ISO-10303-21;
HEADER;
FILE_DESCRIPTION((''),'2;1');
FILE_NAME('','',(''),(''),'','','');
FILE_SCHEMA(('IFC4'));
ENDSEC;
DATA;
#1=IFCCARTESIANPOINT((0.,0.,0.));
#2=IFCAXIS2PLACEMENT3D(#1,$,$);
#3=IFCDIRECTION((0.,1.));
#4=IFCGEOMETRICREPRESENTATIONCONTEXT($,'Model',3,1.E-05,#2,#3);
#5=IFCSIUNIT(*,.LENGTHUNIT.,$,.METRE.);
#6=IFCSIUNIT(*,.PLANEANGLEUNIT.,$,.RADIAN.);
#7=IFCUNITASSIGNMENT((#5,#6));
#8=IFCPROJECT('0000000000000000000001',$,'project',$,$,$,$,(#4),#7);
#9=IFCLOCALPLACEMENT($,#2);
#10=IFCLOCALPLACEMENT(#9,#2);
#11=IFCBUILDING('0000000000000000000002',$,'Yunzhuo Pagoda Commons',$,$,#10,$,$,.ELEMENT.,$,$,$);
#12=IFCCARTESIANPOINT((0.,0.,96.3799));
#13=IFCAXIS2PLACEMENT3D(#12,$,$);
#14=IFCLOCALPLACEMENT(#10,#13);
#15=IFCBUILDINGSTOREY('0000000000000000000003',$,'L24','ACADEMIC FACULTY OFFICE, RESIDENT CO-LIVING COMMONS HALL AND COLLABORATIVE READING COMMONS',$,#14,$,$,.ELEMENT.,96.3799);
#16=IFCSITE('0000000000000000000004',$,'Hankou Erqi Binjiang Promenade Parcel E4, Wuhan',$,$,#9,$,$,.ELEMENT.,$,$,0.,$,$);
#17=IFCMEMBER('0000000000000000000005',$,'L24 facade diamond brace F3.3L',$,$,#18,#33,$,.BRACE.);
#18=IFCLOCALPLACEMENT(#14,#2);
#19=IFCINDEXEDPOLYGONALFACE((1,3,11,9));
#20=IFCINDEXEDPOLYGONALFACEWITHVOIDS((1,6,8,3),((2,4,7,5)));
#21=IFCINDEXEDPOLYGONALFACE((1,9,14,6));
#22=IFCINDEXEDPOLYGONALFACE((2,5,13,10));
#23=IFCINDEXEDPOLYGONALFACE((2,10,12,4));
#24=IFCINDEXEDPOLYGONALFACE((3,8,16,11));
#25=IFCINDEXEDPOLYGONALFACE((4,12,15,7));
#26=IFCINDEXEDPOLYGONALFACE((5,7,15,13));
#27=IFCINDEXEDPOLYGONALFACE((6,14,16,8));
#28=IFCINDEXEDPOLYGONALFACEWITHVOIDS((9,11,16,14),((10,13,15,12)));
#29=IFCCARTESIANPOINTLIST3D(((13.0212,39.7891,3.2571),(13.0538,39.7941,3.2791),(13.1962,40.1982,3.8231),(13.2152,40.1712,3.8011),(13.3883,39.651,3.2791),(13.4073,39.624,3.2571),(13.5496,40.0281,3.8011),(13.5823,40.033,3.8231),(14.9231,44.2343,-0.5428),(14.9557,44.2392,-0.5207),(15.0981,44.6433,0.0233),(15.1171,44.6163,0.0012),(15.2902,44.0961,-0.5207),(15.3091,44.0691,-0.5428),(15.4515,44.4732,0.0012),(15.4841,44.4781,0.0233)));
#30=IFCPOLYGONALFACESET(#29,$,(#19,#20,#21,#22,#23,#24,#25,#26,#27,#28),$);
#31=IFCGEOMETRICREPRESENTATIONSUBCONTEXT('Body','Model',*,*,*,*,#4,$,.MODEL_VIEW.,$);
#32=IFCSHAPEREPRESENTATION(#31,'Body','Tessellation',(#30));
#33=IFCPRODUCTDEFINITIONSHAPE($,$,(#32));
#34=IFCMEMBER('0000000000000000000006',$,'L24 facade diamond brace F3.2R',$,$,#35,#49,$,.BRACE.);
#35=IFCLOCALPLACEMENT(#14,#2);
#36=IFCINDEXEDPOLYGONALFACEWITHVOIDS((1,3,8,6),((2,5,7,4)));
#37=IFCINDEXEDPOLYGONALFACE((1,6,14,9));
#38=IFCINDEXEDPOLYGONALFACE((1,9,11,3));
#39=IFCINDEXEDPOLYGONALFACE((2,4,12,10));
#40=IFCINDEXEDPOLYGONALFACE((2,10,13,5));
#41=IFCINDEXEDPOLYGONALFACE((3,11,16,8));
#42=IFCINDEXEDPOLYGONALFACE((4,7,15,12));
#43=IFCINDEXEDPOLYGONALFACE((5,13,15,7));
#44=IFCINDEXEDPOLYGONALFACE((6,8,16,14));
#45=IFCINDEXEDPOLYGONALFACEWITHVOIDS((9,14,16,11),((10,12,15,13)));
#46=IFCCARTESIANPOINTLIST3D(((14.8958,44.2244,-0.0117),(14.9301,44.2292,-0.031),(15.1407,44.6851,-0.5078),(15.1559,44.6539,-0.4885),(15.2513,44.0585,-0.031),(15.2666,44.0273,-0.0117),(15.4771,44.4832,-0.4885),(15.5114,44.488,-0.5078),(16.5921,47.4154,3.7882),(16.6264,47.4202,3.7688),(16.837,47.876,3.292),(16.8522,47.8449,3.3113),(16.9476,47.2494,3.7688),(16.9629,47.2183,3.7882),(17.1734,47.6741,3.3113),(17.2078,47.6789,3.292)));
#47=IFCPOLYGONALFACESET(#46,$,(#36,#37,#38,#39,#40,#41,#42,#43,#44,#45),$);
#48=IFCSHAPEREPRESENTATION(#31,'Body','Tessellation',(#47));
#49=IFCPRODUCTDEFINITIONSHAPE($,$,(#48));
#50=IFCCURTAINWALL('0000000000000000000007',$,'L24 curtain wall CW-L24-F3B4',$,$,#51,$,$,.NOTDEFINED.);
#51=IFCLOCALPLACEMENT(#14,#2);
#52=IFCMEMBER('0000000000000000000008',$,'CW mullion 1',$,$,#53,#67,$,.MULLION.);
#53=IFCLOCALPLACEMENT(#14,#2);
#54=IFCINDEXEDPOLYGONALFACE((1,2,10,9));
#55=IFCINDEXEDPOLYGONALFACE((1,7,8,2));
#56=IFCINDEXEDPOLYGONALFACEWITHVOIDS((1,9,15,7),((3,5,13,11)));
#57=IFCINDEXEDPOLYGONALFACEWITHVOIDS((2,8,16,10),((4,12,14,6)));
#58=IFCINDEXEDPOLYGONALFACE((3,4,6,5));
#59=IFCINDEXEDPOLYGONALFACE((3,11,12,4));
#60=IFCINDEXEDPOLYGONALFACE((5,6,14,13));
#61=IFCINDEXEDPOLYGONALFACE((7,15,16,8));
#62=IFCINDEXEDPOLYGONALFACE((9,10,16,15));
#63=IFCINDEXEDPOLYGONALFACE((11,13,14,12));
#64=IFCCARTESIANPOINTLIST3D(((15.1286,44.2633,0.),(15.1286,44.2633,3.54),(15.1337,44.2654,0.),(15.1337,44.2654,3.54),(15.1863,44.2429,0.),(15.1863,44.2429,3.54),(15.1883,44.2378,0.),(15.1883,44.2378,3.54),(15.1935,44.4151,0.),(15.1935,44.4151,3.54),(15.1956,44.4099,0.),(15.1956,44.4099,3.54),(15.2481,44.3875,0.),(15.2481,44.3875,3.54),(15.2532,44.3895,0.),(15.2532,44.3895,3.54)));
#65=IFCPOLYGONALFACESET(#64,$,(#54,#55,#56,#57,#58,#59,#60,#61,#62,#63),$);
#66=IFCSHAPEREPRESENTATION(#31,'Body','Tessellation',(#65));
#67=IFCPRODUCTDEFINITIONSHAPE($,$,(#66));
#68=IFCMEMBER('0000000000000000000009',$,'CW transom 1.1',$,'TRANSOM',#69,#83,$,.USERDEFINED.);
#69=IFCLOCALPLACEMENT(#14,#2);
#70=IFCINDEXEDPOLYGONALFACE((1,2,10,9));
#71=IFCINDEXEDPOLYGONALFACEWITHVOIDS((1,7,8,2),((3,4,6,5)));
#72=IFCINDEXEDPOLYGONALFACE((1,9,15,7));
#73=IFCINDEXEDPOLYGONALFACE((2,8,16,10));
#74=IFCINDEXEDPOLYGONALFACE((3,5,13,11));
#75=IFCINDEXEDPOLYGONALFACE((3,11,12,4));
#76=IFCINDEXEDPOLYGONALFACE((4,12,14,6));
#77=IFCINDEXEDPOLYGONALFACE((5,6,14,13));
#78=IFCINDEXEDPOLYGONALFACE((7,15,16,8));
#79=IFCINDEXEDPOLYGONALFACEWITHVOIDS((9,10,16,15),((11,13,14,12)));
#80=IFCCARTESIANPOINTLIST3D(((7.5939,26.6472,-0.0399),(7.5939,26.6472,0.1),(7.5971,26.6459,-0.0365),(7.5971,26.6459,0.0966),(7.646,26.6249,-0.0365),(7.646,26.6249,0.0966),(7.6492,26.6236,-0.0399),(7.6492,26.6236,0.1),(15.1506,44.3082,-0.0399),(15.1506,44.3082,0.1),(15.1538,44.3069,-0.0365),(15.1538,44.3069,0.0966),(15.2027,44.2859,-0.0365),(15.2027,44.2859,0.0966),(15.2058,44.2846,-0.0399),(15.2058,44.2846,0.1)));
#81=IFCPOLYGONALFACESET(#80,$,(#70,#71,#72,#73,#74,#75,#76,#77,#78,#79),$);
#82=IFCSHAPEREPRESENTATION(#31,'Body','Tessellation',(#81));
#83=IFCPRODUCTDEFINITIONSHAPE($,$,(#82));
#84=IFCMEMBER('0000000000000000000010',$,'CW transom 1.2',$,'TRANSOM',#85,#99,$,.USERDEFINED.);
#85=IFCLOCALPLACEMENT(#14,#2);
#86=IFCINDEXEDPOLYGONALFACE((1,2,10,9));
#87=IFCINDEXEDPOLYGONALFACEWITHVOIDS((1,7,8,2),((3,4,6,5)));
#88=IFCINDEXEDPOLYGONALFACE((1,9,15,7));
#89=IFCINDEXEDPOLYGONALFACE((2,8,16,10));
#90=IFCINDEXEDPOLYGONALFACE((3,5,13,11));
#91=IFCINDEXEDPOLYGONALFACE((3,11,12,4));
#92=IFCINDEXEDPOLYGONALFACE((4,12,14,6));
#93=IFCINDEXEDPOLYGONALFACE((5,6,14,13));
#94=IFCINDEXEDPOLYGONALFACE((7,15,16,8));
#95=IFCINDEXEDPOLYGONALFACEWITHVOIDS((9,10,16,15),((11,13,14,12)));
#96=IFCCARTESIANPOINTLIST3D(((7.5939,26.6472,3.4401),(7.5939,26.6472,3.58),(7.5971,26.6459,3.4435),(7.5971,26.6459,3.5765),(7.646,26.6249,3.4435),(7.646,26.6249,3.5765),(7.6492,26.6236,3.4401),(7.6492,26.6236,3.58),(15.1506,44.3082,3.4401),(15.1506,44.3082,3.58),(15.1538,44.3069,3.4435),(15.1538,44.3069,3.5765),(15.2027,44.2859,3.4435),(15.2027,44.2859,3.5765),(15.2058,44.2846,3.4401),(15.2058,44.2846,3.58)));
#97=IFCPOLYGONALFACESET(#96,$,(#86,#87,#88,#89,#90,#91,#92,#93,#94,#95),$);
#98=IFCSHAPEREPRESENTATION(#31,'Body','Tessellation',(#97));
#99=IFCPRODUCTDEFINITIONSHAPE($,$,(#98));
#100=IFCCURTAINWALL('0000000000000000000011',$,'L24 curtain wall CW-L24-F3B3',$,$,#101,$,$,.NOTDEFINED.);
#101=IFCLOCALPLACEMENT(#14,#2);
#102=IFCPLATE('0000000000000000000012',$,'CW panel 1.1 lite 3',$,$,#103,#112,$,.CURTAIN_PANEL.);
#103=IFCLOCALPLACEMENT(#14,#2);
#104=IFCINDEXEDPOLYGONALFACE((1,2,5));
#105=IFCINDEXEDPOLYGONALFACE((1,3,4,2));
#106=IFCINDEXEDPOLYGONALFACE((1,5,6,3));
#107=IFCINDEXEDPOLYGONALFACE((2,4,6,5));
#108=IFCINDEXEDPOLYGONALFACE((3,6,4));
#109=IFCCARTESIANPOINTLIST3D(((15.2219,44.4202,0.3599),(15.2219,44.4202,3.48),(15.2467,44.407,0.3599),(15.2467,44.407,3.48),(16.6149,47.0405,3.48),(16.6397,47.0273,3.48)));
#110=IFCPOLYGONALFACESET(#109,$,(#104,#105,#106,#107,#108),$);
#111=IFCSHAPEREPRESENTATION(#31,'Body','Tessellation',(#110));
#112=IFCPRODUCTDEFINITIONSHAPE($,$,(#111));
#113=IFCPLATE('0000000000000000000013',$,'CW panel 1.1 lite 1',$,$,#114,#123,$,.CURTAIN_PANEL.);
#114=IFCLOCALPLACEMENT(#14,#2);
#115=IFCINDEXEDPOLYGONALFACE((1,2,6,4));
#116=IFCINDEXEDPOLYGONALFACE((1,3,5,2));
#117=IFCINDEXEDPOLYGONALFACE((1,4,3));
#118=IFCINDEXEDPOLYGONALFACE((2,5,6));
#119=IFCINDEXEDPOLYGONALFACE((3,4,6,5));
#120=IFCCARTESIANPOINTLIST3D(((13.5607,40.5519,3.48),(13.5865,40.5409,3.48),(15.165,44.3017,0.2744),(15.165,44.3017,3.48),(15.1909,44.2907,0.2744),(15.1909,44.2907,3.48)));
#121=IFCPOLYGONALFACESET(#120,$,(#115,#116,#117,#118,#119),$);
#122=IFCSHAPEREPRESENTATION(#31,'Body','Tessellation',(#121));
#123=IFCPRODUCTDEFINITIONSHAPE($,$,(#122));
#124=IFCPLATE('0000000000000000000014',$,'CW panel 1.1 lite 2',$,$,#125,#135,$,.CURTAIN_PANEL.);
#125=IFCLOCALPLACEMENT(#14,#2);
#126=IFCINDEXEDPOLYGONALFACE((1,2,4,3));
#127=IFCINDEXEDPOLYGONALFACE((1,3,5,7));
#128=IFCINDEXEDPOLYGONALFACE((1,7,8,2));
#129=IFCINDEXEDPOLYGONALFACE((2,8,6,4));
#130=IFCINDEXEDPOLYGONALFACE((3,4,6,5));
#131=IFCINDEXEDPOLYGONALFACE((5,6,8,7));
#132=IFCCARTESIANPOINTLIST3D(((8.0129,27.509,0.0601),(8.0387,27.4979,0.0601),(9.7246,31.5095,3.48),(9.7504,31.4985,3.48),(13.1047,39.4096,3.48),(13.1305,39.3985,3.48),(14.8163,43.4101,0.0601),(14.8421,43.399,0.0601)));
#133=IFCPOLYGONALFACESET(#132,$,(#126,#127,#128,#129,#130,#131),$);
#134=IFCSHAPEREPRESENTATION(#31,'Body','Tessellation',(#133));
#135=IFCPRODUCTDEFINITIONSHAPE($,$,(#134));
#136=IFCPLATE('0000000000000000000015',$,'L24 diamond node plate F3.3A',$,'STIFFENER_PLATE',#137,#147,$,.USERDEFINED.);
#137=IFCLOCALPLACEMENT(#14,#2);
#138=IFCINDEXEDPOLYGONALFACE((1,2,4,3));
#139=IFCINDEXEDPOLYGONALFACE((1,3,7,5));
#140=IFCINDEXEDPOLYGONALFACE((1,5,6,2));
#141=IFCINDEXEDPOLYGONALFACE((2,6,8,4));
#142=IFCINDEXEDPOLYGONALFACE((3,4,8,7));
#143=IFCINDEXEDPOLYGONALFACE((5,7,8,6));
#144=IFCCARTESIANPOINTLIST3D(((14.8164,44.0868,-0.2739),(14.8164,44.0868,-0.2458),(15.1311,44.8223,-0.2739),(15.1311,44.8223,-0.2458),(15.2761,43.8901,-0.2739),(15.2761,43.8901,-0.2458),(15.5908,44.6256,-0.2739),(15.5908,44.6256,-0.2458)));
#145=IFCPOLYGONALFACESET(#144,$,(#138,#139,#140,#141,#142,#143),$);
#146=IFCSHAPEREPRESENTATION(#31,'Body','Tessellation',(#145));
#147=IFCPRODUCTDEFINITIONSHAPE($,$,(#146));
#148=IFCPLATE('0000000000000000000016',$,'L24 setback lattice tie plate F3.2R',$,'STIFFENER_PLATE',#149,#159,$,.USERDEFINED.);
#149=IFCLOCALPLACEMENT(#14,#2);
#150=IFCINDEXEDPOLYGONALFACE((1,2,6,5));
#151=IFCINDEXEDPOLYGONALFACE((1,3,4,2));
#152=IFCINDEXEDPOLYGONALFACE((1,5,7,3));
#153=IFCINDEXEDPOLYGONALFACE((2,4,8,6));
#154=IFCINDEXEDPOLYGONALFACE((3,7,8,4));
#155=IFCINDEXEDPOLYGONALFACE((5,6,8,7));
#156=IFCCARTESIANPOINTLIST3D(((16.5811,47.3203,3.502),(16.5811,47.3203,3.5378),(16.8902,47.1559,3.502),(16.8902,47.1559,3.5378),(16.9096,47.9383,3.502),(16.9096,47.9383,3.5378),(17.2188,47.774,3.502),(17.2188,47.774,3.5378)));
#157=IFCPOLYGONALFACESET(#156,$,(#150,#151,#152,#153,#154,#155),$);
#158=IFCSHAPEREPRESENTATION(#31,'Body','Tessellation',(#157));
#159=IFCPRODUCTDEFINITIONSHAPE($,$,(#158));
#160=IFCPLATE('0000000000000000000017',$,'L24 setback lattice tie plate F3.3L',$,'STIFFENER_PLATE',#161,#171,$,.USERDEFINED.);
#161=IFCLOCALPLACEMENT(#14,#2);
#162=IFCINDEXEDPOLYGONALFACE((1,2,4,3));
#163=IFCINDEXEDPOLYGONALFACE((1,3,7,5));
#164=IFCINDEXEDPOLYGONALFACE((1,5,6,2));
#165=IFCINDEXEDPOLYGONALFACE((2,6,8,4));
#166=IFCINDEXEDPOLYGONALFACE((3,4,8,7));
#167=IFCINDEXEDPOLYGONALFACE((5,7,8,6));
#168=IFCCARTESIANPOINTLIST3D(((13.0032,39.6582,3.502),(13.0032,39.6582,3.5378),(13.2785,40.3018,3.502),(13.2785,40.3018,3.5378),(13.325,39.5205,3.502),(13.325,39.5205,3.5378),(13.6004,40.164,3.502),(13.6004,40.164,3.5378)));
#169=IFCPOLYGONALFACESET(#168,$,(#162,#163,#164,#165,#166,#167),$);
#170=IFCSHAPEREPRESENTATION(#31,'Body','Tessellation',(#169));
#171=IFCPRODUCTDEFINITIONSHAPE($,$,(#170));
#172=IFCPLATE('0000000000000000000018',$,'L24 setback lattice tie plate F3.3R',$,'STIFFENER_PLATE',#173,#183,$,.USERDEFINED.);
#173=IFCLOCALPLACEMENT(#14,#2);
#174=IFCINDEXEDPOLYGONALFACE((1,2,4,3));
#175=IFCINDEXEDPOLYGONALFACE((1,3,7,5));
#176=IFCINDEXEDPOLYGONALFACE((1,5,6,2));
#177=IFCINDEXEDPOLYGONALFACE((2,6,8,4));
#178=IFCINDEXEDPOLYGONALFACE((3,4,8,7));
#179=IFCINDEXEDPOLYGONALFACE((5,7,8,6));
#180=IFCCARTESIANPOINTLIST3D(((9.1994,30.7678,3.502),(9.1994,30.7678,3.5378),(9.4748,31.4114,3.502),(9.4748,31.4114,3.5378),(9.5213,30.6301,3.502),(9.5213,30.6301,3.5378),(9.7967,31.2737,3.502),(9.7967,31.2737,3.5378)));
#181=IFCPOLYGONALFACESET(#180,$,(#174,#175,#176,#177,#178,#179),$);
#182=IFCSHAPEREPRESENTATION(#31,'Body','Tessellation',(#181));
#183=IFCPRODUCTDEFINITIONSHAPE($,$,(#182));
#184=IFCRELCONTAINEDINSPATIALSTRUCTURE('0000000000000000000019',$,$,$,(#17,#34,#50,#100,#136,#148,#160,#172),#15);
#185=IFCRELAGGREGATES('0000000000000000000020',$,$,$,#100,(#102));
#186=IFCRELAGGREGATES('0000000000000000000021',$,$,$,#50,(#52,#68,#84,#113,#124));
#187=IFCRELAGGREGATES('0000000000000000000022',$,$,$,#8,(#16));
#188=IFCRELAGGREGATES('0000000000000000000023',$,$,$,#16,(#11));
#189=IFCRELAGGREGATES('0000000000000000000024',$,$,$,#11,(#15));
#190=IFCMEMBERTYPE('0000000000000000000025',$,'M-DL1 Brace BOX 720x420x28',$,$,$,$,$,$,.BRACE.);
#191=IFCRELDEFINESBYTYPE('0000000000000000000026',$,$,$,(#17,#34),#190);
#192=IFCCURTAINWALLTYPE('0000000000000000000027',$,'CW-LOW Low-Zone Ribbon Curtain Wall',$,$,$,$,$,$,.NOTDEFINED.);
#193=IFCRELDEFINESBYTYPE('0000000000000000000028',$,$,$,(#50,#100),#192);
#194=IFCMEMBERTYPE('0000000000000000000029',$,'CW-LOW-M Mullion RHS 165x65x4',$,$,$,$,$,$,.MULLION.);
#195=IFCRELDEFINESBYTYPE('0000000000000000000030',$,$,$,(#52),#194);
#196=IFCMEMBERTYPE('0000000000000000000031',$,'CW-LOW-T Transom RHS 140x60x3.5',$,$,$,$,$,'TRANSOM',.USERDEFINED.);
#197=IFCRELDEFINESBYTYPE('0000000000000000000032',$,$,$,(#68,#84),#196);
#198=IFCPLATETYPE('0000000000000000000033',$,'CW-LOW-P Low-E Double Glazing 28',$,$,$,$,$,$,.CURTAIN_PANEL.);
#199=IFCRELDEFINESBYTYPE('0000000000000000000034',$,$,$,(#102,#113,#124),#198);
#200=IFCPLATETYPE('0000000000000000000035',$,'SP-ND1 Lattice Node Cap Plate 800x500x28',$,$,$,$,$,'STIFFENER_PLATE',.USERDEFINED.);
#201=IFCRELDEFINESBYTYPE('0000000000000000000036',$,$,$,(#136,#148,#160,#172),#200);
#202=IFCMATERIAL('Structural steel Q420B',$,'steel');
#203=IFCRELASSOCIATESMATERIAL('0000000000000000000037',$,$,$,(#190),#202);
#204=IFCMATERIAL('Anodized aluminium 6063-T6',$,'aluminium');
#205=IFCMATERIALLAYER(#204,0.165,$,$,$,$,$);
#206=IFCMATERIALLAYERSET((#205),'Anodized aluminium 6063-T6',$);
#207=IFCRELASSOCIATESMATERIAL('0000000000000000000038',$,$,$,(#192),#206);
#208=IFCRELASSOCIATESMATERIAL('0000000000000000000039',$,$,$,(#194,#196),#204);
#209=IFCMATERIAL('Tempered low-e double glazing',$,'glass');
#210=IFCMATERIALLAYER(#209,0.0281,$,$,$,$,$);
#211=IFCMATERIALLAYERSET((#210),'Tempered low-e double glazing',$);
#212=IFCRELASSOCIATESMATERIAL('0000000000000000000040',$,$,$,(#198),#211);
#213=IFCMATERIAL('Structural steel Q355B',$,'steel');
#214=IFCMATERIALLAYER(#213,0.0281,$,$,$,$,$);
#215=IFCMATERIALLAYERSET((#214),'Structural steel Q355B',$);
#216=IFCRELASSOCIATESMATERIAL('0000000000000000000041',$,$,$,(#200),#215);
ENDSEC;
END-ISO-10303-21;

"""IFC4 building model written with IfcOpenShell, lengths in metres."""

from ifc_helpers import new_model, si_unit, direction, frame, origin, origin_2d, place, context, subcontext, project, spatial, polyline, rectangle, hollow_rectangle, outline, extrude, source, transform, mapped, material, layer, layer_set, material_profile, profile_set, type_object, element, aggregate, save


model = new_model("IFC4")

# Units and contexts
model_context = context("Model", 3, precision=1e-05, world=origin(), true_north=direction((0.0, 1.0)))
body_context = subcontext(model_context, "Body", "Model", "MODEL_VIEW")
ifc_project = project(units=[si_unit("LENGTHUNIT", "METRE"), si_unit("PLANEANGLEUNIT", "RADIAN")], contexts=[model_context])

# Site, building, storey
site_placement = place(None, origin())
site = spatial("IfcSite", under=ifc_project, at=site_placement, Name="Hankou Erqi Binjiang Promenade Parcel E4, Wuhan", CompositionType="ELEMENT", RefElevation=0.0)
building_placement = place(site_placement, origin())
building = spatial("IfcBuilding", under=site, at=building_placement, Name="Yunzhuo Pagoda Commons", CompositionType="ELEMENT")
storey_placement = place(building_placement, frame((0.0, 0.0, 96.3799)))
storey = spatial("IfcBuildingStorey", under=building, at=storey_placement, Name="L24", Description="ACADEMIC FACULTY OFFICE, RESIDENT CO-LIVING COMMONS HALL AND COLLABORATIVE READING COMMONS", CompositionType="ELEMENT", Elevation=96.3799)

# Shared definitions
ifc_material_1 = material(Name="Structural steel Q420B", Category="steel")

# Shared definitions
ifc_material_2 = material(Name="Structural steel Q355B", Category="steel")

# Members
ifc_material_profile_1 = material_profile(ifc_material_1, hollow_rectangle(XDim=0.4199, YDim=0.72, WallThickness=0.0281, at=origin_2d()), Name="Structural steel Q420B")
ifc_profile_set_1 = profile_set([ifc_material_profile_1], Name="Structural steel Q420B")
member_type_1 = type_object("IfcMemberType", Name="M-DL1 Brace BOX 720x420x28", PredefinedType="BRACE", material=ifc_profile_set_1)
shared_shape_1 = source(origin(), body_context, "Body", "SweptSolid", [
    extrude(hollow_rectangle(XDim=0.4199, YDim=0.72, WallThickness=0.0281, at=origin_2d()), origin(), (0.0, 0.0, 1.0), 6.1494),
])
member_1_placement = place(storey_placement, frame((15.2036, 44.3562, -0.2598), z_axis=(-0.309279, -0.722855, 0.617922), x_axis=(0.919383, -0.393365, 0.0)))
element("IfcMember", 1, at=member_1_placement, inside=storey, type_object=member_type_1, Name="L24 facade diamond brace F3.3L", PredefinedType="BRACE", context=body_context, shape_type="MappedRepresentation", body=[
    mapped(shared_shape_1, transform((0.0, 0.0, 0.0), scale=1.0)),
])
shared_shape_2 = source(origin(), body_context, "Body", "SweptSolid", [
    extrude(hollow_rectangle(XDim=0.4199, YDim=0.72, WallThickness=0.0281, at=origin_2d()), origin(), (0.0, 0.0, 1.0), 5.2439),
])
member_2_placement = place(storey_placement, frame((15.2036, 44.3562, -0.2598), z_axis=(0.323482, 0.608508, 0.724622), x_axis=(-0.882988, 0.469396, 0.0)))
element("IfcMember", 2, at=member_2_placement, inside=storey, type_object=member_type_1, Name="L24 facade diamond brace F3.2R", PredefinedType="BRACE", context=body_context, shape_type="MappedRepresentation", body=[
    mapped(shared_shape_2, transform((0.0, 0.0, 0.0), scale=1.0)),
])

# Curtain wall, members
ifc_material_3 = material(Name="Anodized aluminium 6063-T6", Category="aluminium")
ifc_layer_1 = layer(ifc_material_3, 0.165)
ifc_layer_set_1 = layer_set([ifc_layer_1], Name="Anodized aluminium 6063-T6")
curtain_wall_type = type_object("IfcCurtainWallType", Name="CW-LOW Low-Zone Ribbon Curtain Wall", PredefinedType="NOTDEFINED", material=ifc_layer_set_1)
curtain_wall_1_placement = place(storey_placement, origin())
curtain_wall_1 = element("IfcCurtainWall", 3, at=curtain_wall_1_placement, inside=storey, type_object=curtain_wall_type, Name="L24 curtain wall CW-L24-F3B4", PredefinedType="NOTDEFINED")
ifc_material_profile_2 = material_profile(ifc_material_3, hollow_rectangle(XDim=0.0649, YDim=0.165, WallThickness=0.0039, at=origin_2d()), Name="Anodized aluminium 6063-T6")
ifc_profile_set_2 = profile_set([ifc_material_profile_2], Name="Anodized aluminium 6063-T6")
member_type_2 = type_object("IfcMemberType", Name="CW-LOW-M Mullion RHS 165x65x4", PredefinedType="MULLION", material=ifc_profile_set_2)
shared_shape_3 = source(origin(), body_context, "Body", "SweptSolid", [
    extrude(hollow_rectangle(XDim=0.0649, YDim=0.165, WallThickness=0.0039, at=origin_2d()), origin(), (0.0, 0.0, 1.0), 3.54),
])
member_3_placement = place(storey_placement, frame((15.1909, 44.3264, 0.0), z_axis=(0.0, 0.0, 1.0), x_axis=(0.919383, -0.393364, 0.0)))
member_3 = element("IfcMember", 4, at=member_3_placement, type_object=member_type_2, Name="CW mullion 1", PredefinedType="MULLION", context=body_context, shape_type="MappedRepresentation", body=[
    mapped(shared_shape_3, transform((0.0, 0.0, 0.0), scale=1.0)),
])
ifc_material_profile_3 = material_profile(ifc_material_3, hollow_rectangle(XDim=0.0601, YDim=0.1399, WallThickness=0.0034, at=origin_2d()), Name="Anodized aluminium 6063-T6")
ifc_profile_set_3 = profile_set([ifc_material_profile_3], Name="Anodized aluminium 6063-T6")
member_type_3 = type_object("IfcMemberType", Name="CW-LOW-T Transom RHS 140x60x3.5", ElementType="TRANSOM", PredefinedType="USERDEFINED", material=ifc_profile_set_3)
shared_shape_4 = source(origin(), body_context, "Body", "SweptSolid", [
    extrude(hollow_rectangle(XDim=0.0601, YDim=0.1399, WallThickness=0.0034, at=origin_2d()), origin(), (0.0, 0.0, 1.0), 19.2097),
])
member_4_placement = place(storey_placement, frame((15.1782, 44.2964, 0.03), z_axis=(-0.393378, -0.919377, 0.0), x_axis=(0.919377, -0.393378, 0.0)))
member_4 = element("IfcMember", 5, at=member_4_placement, type_object=member_type_3, Name="CW transom 1.1", ObjectType="TRANSOM", PredefinedType="USERDEFINED", context=body_context, shape_type="MappedRepresentation", body=[
    mapped(shared_shape_4, transform((0.0, 0.0, 0.0), scale=1.0)),
])
member_5_placement = place(storey_placement, frame((15.1782, 44.2964, 3.51), z_axis=(-0.393378, -0.919377, 0.0), x_axis=(0.919377, -0.393378, 0.0)))
member_5 = element("IfcMember", 6, at=member_5_placement, type_object=member_type_3, Name="CW transom 1.2", ObjectType="TRANSOM", PredefinedType="USERDEFINED", context=body_context, shape_type="MappedRepresentation", body=[
    mapped(shared_shape_4, transform((0.0, 0.0, 0.0), scale=1.0)),
])

# Curtain wall, plate
curtain_wall_2_placement = place(storey_placement, origin())
curtain_wall_2 = element("IfcCurtainWall", 7, at=curtain_wall_2_placement, inside=storey, type_object=curtain_wall_type, Name="L24 curtain wall CW-L24-F3B3", PredefinedType="NOTDEFINED")
ifc_material_4 = material(Name="Tempered low-e double glazing", Category="glass")
ifc_layer_2 = layer(ifc_material_4, 0.0281)
ifc_layer_set_2 = layer_set([ifc_layer_2], Name="Tempered low-e double glazing")
plate_type_1 = type_object("IfcPlateType", Name="CW-LOW-P Low-E Double Glazing 28", PredefinedType="CURTAIN_PANEL", material=ifc_layer_set_2)
plate_1_placement = place(storey_placement, frame((15.9431, 45.717, 1.9199), z_axis=(-0.882976, 0.469418, 0.0), x_axis=(-0.469418, -0.882976, 0.0)))
plate_1 = element("IfcPlate", 8, at=plate_1_placement, type_object=plate_type_1, Name="CW panel 1.1 lite 3", PredefinedType="CURTAIN_PANEL", context=body_context, shape_type="SweptSolid", body=[
    extrude(outline(polyline([(-1.4839, 1.5601), (1.4836, -1.5601), (1.4836, 1.5601), (-1.4839, 1.5601)])), origin(), (0.0, 0.0, 1.0), 0.0281),
])
aggregate(curtain_wall_2, [plate_1])

# Plates
plate_2_placement = place(storey_placement, frame((14.3887, 42.4158, 1.8772), z_axis=(-0.919383, 0.393364, 0.0), x_axis=(-0.393364, -0.919383, 0.0)))
plate_2 = element("IfcPlate", 9, at=plate_2_placement, type_object=plate_type_1, Name="CW panel 1.1 lite 1", PredefinedType="CURTAIN_PANEL", context=body_context, shape_type="SweptSolid", body=[
    extrude(outline(polyline([(-2.0393, -1.6028), (2.0393, 1.6028), (-2.0393, 1.6028), (-2.0393, -1.6028)])), origin(), (0.0, 0.0, 1.0), 0.0281),
])
plate_3_placement = place(storey_placement, frame((11.4404, 35.4485, 1.77), z_axis=(-0.919383, 0.393364, 0.0), x_axis=(-0.393364, -0.919383, 0.0)))
plate_3 = element("IfcPlate", 10, at=plate_3_placement, type_object=plate_type_1, Name="CW panel 1.1 lite 2", PredefinedType="CURTAIN_PANEL", context=body_context, shape_type="SweptSolid", body=[
    extrude(outline(polyline([(-8.6477, -1.71), (8.6477, -1.71), (4.2964, 1.71), (-4.2964, 1.71), (-8.6477, -1.71)])), origin(), (0.0, 0.0, 1.0), 0.0281),
])
aggregate(curtain_wall_1, [member_3, member_4, member_5, plate_2, plate_3])

# Plates
ifc_layer_3 = layer(ifc_material_2, 0.0281)
ifc_layer_set_3 = layer_set([ifc_layer_3], Name="Structural steel Q355B")
plate_type_2 = type_object("IfcPlateType", Name="SP-ND1 Lattice Node Cap Plate 800x500x28", ElementType="STIFFENER_PLATE", PredefinedType="USERDEFINED", material=ifc_layer_set_3)
shared_shape_5 = source(origin(), body_context, "Body", "SweptSolid", [
    extrude(rectangle(XDim=0.8, YDim=0.5, at=origin_2d()), origin(), (0.0, 0.0, 1.0), 0.0281),
])
plate_4_placement = place(storey_placement, frame((15.2036, 44.3562, -0.2739), z_axis=(0.0, 0.0, 1.0), x_axis=(-0.393364, -0.919383, 0.0)))
element("IfcPlate", 11, at=plate_4_placement, inside=storey, type_object=plate_type_2, Name="L24 diamond node plate F3.3A", ObjectType="STIFFENER_PLATE", PredefinedType="USERDEFINED", context=body_context, shape_type="MappedRepresentation", body=[
    mapped(shared_shape_5, transform((0.0, 0.0, 0.0), scale=1.0)),
])
shared_shape_6 = source(origin(), body_context, "Body", "SweptSolid", [
    extrude(rectangle(XDim=0.7, YDim=0.3501, at=origin_2d()), origin(), (0.0, 0.0, 1.0), 0.0359),
])
for number, where, z_axis, x_axis, name in (
    (12, (16.8999, 47.5471, 3.502), (0.0, 0.0, 1.0), (-0.469425, -0.882972, 0.0), "L24 setback lattice tie plate F3.2R"),
    (13, (13.3018, 39.9111, 3.502), (0.0, 0.0, 1.0), (-0.393364, -0.919383, 0.0), "L24 setback lattice tie plate F3.3L"),
    (14, (9.498, 31.0208, 3.502), (0.0, 0.0, 1.0), (-0.393364, -0.919383, 0.0), "L24 setback lattice tie plate F3.3R"),
):
    element("IfcPlate", number, at=place(storey_placement, frame(where, z_axis=z_axis, x_axis=x_axis)), inside=storey, type_object=plate_type_2, Name=name, ObjectType="STIFFENER_PLATE", PredefinedType="USERDEFINED", context=body_context, shape_type="MappedRepresentation", body=[
        mapped(shared_shape_6, transform((0.0, 0.0, 0.0), scale=1.0)),
    ])

save(model, "model.ifc")
